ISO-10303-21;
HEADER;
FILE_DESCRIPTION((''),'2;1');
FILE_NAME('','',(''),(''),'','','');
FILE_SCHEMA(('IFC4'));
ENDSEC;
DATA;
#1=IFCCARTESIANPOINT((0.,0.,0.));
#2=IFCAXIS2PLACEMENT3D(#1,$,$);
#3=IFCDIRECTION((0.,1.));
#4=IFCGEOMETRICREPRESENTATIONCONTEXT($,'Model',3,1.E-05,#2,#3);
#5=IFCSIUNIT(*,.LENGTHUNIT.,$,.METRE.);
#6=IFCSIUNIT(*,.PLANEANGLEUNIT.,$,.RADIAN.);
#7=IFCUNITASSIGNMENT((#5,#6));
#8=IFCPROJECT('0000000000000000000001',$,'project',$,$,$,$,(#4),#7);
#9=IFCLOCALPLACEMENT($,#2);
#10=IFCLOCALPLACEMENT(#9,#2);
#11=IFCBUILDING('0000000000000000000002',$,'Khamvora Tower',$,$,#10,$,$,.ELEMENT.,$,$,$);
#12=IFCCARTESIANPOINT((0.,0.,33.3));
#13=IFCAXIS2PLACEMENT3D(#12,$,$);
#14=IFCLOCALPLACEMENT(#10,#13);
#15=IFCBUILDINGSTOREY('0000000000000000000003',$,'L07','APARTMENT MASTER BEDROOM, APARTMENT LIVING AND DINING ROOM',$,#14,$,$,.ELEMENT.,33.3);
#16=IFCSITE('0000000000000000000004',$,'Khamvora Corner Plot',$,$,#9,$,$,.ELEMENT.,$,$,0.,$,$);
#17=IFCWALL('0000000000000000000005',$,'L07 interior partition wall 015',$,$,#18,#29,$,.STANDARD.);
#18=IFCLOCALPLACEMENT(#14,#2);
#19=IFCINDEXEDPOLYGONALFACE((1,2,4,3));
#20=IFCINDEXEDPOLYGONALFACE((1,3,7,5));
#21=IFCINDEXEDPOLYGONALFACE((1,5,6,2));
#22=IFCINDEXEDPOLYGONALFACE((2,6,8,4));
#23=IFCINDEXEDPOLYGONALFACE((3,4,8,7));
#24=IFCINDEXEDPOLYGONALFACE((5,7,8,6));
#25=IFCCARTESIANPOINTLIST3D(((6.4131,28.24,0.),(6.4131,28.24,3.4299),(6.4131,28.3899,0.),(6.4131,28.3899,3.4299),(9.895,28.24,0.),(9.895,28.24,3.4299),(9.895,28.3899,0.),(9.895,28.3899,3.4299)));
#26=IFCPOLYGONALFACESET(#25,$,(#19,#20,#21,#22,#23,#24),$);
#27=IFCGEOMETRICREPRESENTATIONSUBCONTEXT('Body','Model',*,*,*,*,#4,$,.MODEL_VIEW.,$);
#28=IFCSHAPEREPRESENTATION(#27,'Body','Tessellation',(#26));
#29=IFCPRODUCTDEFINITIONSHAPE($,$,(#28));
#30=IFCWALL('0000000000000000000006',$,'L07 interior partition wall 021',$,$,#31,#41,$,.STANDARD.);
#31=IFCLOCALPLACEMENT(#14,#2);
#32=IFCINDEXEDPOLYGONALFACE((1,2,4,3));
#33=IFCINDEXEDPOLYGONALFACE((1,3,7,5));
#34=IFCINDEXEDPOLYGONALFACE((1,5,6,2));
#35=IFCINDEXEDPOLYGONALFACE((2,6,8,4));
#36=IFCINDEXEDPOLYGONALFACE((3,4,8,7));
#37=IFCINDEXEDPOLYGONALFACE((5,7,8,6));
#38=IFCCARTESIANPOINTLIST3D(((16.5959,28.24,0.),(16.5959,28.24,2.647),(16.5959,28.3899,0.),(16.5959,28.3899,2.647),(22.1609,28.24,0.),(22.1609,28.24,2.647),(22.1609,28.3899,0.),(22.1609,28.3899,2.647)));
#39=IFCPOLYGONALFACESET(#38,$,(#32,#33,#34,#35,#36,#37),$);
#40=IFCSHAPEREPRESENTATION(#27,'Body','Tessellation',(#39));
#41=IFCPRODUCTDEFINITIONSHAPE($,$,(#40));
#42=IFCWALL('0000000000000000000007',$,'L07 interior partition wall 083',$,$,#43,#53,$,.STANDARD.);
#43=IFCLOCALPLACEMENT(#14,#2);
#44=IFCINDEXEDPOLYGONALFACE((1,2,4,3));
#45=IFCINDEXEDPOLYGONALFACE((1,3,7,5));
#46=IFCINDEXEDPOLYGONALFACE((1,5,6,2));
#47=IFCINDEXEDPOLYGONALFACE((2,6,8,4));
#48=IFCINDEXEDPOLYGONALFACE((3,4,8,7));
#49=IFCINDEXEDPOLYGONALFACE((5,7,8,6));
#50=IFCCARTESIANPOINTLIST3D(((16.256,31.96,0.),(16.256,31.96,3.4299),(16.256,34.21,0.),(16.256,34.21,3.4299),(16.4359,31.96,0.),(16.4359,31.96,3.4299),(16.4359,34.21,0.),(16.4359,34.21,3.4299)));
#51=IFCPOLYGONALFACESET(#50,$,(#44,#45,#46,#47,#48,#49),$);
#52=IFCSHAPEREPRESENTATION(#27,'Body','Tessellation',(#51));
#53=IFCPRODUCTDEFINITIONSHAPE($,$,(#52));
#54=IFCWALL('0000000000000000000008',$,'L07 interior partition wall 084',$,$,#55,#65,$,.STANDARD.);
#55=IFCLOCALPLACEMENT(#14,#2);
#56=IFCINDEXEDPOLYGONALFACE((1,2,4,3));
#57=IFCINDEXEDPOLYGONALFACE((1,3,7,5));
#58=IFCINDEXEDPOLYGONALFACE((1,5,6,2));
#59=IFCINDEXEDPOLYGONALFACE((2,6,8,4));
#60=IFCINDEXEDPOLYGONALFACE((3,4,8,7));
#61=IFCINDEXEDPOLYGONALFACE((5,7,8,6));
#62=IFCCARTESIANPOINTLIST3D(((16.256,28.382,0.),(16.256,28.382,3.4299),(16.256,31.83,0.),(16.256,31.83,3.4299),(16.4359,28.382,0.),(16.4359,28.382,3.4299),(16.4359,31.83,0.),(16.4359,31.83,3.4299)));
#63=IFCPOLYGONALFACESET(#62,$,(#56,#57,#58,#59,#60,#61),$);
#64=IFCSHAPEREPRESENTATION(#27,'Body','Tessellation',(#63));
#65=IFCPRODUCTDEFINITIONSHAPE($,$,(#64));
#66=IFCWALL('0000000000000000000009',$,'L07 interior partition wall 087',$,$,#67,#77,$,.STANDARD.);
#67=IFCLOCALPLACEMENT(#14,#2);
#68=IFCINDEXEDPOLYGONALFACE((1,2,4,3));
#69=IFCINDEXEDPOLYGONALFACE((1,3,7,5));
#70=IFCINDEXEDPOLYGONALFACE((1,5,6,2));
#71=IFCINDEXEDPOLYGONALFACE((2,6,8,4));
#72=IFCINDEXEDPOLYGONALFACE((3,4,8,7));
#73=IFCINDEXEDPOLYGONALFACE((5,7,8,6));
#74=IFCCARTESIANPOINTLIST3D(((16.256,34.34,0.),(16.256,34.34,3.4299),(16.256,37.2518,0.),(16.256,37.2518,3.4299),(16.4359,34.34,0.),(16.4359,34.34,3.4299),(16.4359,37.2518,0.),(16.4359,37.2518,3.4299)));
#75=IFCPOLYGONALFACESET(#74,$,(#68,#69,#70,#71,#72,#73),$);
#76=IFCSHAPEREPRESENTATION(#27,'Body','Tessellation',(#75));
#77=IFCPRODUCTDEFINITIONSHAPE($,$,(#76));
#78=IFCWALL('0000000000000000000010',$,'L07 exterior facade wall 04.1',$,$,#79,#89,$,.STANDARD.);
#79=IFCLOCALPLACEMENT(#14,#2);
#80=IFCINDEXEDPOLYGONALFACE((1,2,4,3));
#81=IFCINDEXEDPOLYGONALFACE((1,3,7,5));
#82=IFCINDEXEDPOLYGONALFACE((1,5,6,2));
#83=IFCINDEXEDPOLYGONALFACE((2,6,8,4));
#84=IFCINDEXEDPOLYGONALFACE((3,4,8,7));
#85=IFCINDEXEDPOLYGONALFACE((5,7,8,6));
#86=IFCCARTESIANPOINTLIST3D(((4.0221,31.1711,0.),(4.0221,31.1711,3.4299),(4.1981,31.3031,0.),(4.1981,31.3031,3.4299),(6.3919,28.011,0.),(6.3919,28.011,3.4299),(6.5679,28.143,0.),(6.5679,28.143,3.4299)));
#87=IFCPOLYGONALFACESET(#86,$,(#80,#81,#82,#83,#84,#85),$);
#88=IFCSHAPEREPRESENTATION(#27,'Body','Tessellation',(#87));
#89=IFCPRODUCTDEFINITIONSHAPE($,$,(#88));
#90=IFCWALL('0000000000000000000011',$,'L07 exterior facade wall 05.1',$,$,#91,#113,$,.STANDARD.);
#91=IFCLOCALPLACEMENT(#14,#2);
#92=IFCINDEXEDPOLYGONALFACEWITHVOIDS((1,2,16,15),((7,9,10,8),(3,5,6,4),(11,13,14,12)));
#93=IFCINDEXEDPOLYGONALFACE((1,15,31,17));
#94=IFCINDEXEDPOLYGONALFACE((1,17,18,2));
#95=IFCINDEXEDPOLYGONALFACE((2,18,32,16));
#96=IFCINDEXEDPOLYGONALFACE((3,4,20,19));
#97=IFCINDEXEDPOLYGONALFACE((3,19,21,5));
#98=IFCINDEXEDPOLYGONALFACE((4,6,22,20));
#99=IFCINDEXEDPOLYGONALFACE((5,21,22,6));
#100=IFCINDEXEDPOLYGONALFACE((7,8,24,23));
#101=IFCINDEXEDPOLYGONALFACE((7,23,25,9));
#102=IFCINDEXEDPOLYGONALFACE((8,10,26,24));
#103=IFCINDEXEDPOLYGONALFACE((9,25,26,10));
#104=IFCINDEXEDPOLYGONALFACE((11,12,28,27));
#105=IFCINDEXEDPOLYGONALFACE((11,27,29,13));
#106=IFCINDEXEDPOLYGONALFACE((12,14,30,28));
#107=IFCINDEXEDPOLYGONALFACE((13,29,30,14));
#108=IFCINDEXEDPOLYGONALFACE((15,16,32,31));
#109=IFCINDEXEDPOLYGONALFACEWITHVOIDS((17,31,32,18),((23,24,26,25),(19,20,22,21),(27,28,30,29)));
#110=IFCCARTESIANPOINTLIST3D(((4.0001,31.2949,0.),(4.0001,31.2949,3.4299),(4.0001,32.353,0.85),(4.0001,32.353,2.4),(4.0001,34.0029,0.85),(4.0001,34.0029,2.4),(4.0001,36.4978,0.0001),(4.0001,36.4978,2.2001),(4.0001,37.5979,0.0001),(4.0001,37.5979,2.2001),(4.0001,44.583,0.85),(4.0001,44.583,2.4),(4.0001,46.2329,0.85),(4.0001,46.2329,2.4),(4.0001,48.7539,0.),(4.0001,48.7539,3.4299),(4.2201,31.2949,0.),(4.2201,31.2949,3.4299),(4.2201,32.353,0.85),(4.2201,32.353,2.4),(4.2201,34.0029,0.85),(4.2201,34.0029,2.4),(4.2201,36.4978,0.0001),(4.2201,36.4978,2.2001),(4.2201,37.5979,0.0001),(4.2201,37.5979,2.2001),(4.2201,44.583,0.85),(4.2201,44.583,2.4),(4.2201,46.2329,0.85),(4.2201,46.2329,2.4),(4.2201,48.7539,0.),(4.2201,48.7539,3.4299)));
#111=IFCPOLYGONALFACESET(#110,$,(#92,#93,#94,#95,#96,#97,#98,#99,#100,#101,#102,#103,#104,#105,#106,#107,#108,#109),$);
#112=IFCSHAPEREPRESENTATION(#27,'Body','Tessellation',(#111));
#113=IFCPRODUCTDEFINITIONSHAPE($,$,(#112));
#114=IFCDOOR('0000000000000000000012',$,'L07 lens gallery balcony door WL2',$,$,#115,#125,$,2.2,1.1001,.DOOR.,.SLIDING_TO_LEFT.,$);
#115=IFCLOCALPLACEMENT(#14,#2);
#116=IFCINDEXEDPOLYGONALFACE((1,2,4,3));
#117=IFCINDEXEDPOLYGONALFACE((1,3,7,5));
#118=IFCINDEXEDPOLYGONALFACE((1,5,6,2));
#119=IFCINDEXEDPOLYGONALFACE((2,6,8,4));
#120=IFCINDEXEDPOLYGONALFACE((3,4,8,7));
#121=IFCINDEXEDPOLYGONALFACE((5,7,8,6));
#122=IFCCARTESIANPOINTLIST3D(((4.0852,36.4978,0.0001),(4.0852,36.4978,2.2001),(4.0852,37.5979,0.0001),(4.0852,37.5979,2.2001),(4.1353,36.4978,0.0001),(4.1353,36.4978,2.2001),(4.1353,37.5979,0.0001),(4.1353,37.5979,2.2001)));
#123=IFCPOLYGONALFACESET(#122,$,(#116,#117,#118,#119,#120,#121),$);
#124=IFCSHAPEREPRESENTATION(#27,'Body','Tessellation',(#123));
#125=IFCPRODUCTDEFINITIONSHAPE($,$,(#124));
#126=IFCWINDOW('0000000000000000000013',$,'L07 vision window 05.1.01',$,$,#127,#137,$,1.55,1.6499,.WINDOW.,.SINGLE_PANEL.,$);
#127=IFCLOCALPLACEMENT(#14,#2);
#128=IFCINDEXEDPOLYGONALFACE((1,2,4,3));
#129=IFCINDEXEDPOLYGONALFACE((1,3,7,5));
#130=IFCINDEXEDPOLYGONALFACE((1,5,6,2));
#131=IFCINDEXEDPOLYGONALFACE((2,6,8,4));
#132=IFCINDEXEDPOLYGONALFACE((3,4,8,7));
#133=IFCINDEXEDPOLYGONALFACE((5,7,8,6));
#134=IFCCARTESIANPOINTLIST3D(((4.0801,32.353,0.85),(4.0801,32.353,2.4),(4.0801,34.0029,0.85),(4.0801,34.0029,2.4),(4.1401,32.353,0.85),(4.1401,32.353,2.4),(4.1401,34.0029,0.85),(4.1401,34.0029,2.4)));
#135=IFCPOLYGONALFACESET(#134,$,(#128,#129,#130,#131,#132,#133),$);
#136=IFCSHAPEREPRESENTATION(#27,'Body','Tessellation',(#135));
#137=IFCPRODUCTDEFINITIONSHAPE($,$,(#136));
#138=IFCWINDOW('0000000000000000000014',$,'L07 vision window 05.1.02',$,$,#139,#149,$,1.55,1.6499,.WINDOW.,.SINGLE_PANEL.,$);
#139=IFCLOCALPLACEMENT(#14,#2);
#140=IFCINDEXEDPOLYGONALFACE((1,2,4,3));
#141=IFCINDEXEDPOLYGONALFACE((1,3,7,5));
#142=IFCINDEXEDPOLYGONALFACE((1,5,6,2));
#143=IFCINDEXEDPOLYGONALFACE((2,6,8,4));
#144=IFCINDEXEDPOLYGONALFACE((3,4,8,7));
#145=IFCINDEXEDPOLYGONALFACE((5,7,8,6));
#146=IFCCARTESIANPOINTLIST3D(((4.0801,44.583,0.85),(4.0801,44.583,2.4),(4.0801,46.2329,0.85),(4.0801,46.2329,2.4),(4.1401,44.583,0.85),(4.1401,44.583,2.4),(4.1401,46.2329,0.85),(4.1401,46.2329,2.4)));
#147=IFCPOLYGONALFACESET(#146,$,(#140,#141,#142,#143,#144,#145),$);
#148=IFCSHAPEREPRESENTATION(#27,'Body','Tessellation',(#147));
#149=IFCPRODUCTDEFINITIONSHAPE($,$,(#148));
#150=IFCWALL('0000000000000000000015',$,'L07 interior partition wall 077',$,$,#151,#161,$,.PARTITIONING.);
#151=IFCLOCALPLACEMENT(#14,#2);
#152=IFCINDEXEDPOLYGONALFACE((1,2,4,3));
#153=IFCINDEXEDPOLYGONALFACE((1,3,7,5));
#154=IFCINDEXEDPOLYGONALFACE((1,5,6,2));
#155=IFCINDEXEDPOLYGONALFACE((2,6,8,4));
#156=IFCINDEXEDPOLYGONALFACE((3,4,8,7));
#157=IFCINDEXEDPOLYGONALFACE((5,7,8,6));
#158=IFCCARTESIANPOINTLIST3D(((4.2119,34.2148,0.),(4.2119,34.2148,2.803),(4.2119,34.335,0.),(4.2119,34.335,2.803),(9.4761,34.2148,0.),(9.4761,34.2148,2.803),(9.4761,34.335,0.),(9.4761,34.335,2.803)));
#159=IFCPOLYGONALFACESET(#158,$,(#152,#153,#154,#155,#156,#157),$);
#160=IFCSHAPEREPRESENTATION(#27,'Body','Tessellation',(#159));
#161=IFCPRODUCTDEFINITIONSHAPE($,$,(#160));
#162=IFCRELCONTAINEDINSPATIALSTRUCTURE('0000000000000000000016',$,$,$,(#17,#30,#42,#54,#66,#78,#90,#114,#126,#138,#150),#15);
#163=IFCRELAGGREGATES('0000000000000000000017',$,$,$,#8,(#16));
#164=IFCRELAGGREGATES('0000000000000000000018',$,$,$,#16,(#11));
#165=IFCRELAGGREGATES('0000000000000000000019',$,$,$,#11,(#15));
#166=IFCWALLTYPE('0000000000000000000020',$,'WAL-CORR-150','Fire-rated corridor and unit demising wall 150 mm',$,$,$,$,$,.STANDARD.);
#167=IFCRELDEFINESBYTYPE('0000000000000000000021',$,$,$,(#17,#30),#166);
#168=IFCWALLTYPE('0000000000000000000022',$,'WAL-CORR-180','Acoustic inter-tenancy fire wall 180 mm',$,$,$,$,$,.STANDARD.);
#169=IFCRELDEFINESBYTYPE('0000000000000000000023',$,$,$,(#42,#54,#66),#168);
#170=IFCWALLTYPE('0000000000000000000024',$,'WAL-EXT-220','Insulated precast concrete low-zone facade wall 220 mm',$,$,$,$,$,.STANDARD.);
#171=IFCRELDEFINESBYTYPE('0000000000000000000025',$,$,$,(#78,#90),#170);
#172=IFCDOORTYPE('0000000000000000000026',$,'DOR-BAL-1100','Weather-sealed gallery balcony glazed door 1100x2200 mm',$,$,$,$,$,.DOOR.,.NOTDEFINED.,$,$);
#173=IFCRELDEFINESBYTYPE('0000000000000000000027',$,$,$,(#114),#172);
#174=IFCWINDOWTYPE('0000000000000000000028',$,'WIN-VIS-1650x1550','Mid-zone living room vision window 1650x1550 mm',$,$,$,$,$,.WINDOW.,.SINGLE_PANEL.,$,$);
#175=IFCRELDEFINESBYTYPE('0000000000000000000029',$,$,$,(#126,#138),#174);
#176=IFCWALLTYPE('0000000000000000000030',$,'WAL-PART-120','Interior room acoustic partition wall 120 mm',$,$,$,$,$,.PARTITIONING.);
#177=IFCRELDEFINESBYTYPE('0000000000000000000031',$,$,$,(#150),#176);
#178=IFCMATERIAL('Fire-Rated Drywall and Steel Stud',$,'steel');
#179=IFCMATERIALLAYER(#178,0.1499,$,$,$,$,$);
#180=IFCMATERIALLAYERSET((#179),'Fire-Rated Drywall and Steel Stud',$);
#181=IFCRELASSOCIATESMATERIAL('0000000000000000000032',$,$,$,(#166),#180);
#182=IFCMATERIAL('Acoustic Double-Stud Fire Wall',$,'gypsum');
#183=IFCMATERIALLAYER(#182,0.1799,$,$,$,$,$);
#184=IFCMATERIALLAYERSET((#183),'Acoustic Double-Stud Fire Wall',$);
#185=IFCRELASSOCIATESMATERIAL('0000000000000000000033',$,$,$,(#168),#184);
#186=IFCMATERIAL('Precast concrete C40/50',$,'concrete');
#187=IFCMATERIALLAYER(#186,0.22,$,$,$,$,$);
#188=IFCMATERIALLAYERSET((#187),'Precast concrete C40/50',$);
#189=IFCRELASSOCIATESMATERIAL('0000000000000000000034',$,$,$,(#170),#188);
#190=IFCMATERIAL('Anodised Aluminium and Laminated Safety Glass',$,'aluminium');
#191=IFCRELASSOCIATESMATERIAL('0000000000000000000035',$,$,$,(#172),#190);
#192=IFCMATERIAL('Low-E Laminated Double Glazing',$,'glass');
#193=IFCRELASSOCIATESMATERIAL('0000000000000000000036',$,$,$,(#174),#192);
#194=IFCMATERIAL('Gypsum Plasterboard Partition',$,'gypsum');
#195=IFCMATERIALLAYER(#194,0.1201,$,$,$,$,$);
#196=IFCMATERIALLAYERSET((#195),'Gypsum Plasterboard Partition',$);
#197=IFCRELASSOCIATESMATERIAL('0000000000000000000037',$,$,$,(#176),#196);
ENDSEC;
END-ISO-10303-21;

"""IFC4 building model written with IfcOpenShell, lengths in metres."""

from ifc_helpers import new_model, si_unit, direction, frame, frame_2d, origin, place, context, subcontext, project, spatial, rectangle, extrude, material, layer, layer_set, type_object, element, fill, save


model = new_model("IFC4")

# Units and contexts
model_context = context("Model", 3, precision=1e-05, world=origin(), true_north=direction((0.0, 1.0)))
body_context = subcontext(model_context, "Body", "Model", "MODEL_VIEW")
ifc_project = project(units=[si_unit("LENGTHUNIT", "METRE"), si_unit("PLANEANGLEUNIT", "RADIAN")], contexts=[model_context])

# Site, building, storey
site_placement = place(None, origin())
site = spatial("IfcSite", under=ifc_project, at=site_placement, Name="Khamvora Corner Plot", CompositionType="ELEMENT", RefElevation=0.0)
building_placement = place(site_placement, origin())
building = spatial("IfcBuilding", under=site, at=building_placement, Name="Khamvora Tower", CompositionType="ELEMENT")
storey_placement = place(building_placement, frame((0.0, 0.0, 33.3)))
storey = spatial("IfcBuildingStorey", under=building, at=storey_placement, Name="L07", Description="APARTMENT MASTER BEDROOM, APARTMENT LIVING AND DINING ROOM", CompositionType="ELEMENT", Elevation=33.3)

# Shared definitions
ifc_material_1 = material(Name="Fire-Rated Drywall and Steel Stud", Category="steel")
ifc_layer_1 = layer(ifc_material_1, 0.1499)
ifc_layer_set_1 = layer_set([ifc_layer_1], Name="Fire-Rated Drywall and Steel Stud")
wall_type_1 = type_object("IfcWallType", Name="WAL-CORR-150", Description="Fire-rated corridor and unit demising wall 150 mm", PredefinedType="STANDARD", material=ifc_layer_set_1)

# Walls
wall_1_placement = place(storey_placement, frame((6.4131, 28.3149, 0.0), z_axis=(0.0, 0.0, 1.0), x_axis=(1.0, 0.0, 0.0)))
element("IfcWall", 1, at=wall_1_placement, inside=storey, type_object=wall_type_1, Name="L07 interior partition wall 015", PredefinedType="STANDARD", context=body_context, shape_type="SweptSolid", body=[
    extrude(rectangle(XDim=3.4819, YDim=0.1499, at=frame_2d((1.741, 0.0))), origin(), (0.0, 0.0, 1.0), 3.4299),
])
wall_2_placement = place(storey_placement, frame((16.5959, 28.3149, 0.0), z_axis=(0.0, 0.0, 1.0), x_axis=(1.0, 0.0, 0.0)))
element("IfcWall", 2, at=wall_2_placement, inside=storey, type_object=wall_type_1, Name="L07 interior partition wall 021", PredefinedType="STANDARD", context=body_context, shape_type="SweptSolid", body=[
    extrude(rectangle(XDim=5.5649, YDim=0.1499, at=frame_2d((2.7825, 0.0))), origin(), (0.0, 0.0, 1.0), 2.647),
])
ifc_material_2 = material(Name="Acoustic Double-Stud Fire Wall", Category="gypsum")
ifc_layer_2 = layer(ifc_material_2, 0.1799)
ifc_layer_set_2 = layer_set([ifc_layer_2], Name="Acoustic Double-Stud Fire Wall")
wall_type_2 = type_object("IfcWallType", Name="WAL-CORR-180", Description="Acoustic inter-tenancy fire wall 180 mm", PredefinedType="STANDARD", material=ifc_layer_set_2)
wall_3_placement = place(storey_placement, frame((16.3459, 34.21, 0.0), z_axis=(0.0, 0.0, 1.0), x_axis=(0.0, -1.0, 0.0)))
element("IfcWall", 3, at=wall_3_placement, inside=storey, type_object=wall_type_2, Name="L07 interior partition wall 083", PredefinedType="STANDARD", context=body_context, shape_type="SweptSolid", body=[
    extrude(rectangle(XDim=2.25, YDim=0.1799, at=frame_2d((1.125, 0.0))), origin(), (0.0, 0.0, 1.0), 3.4299),
])
wall_4_placement = place(storey_placement, frame((16.3459, 31.8301, 0.0), z_axis=(0.0, 0.0, 1.0), x_axis=(0.0, -1.0, 0.0)))
element("IfcWall", 4, at=wall_4_placement, inside=storey, type_object=wall_type_2, Name="L07 interior partition wall 084", PredefinedType="STANDARD", context=body_context, shape_type="SweptSolid", body=[
    extrude(rectangle(XDim=3.448, YDim=0.1799, at=frame_2d((1.7241, 0.0))), origin(), (0.0, 0.0, 1.0), 3.4299),
])
wall_5_placement = place(storey_placement, frame((16.3459, 37.252, 0.0), z_axis=(0.0, 0.0, 1.0), x_axis=(0.0, -1.0, 0.0)))
element("IfcWall", 5, at=wall_5_placement, inside=storey, type_object=wall_type_2, Name="L07 interior partition wall 087", PredefinedType="STANDARD", context=body_context, shape_type="SweptSolid", body=[
    extrude(rectangle(XDim=2.9119, YDim=0.1799, at=frame_2d((1.4561, 0.0))), origin(), (0.0, 0.0, 1.0), 3.4299),
])
ifc_material_3 = material(Name="Precast concrete C40/50", Category="concrete")
ifc_layer_3 = layer(ifc_material_3, 0.22)
ifc_layer_set_3 = layer_set([ifc_layer_3], Name="Precast concrete C40/50")
wall_type_3 = type_object("IfcWallType", Name="WAL-EXT-220", Description="Insulated precast concrete low-zone facade wall 220 mm", PredefinedType="STANDARD", material=ifc_layer_set_3)
wall_6_placement = place(storey_placement, frame((6.48, 28.0769, 0.0), z_axis=(0.0, 0.0, 1.0), x_axis=(-0.59996, 0.80003, 0.0)))
element("IfcWall", 6, at=wall_6_placement, inside=storey, type_object=wall_type_3, Name="L07 exterior facade wall 04.1", PredefinedType="STANDARD", context=body_context, shape_type="SweptSolid", body=[
    extrude(rectangle(XDim=3.95, YDim=0.22, at=frame_2d((1.9751, 0.0))), origin(), (0.0, 0.0, 1.0), 3.4299),
])

# Wall, openings, door, windows
wall_7_placement = place(storey_placement, frame((4.1101, 31.2949, 0.0), z_axis=(0.0, 0.0, 1.0), x_axis=(0.0, 1.0, 0.0)))
wall_7 = element("IfcWall", 7, at=wall_7_placement, inside=storey, type_object=wall_type_3, Name="L07 exterior facade wall 05.1", PredefinedType="STANDARD", context=body_context, shape_type="SweptSolid", body=[
    extrude(rectangle(XDim=17.459, YDim=0.22, at=frame_2d((8.7295, 0.0))), origin(), (0.0, 0.0, 1.0), 3.4299),
])
opening_1_placement = place(wall_7_placement, frame((5.2029, 0.0, 0.0)))
opening_1 = element("IfcOpeningElement", 8, at=opening_1_placement, cuts=wall_7, PredefinedType="OPENING", context=body_context, shape_type="SweptSolid", body=[
    extrude(rectangle(XDim=1.1001, YDim=2.2, at=frame_2d((0.55, 1.1001))), frame((0.0, 0.1199, 0.0), z_axis=(0.0, -1.0, 0.0), x_axis=(1.0, 0.0, 0.0)), (0.0, 0.0, 1.0), 0.24),
])
opening_2_placement = place(wall_7_placement, frame((1.0581, 0.0, 0.8501)))
opening_2 = element("IfcOpeningElement", 9, at=opening_2_placement, cuts=wall_7, PredefinedType="OPENING", context=body_context, shape_type="SweptSolid", body=[
    extrude(rectangle(XDim=1.6499, YDim=1.55, at=frame_2d((0.825, 0.7749))), frame((0.0, 0.1199, 0.0), z_axis=(0.0, -1.0, 0.0), x_axis=(1.0, 0.0, 0.0)), (0.0, 0.0, 1.0), 0.24),
])
opening_3_placement = place(wall_7_placement, frame((13.2881, 0.0, 0.8501)))
opening_3 = element("IfcOpeningElement", 10, at=opening_3_placement, cuts=wall_7, PredefinedType="OPENING", context=body_context, shape_type="SweptSolid", body=[
    extrude(rectangle(XDim=1.6499, YDim=1.55, at=frame_2d((0.825, 0.7749))), frame((0.0, 0.1199, 0.0), z_axis=(0.0, -1.0, 0.0), x_axis=(1.0, 0.0, 0.0)), (0.0, 0.0, 1.0), 0.24),
])
ifc_material_4 = material(Name="Anodised Aluminium and Laminated Safety Glass", Category="aluminium")
door_type_1 = type_object("IfcDoorType", Name="DOR-BAL-1100", Description="Weather-sealed gallery balcony glazed door 1100x2200 mm", OperationType="NOTDEFINED", PredefinedType="DOOR", material=ifc_material_4)
door_1_placement = place(opening_1_placement, origin())
door_1 = element("IfcDoor", 11, at=door_1_placement, inside=storey, type_object=door_type_1, Name="L07 lens gallery balcony door WL2", OperationType="SLIDING_TO_LEFT", OverallHeight=2.2, OverallWidth=1.1001, PredefinedType="DOOR", context=body_context, shape_type="SweptSolid", body=[
    extrude(rectangle(XDim=1.1001, YDim=2.2, at=frame_2d((0.55, 1.1001))), frame((0.0, 0.0249, 0.0), z_axis=(0.0, -1.0, 0.0), x_axis=(1.0, 0.0, 0.0)), (0.0, 0.0, 1.0), 0.05),
])
fill(opening_1, door_1)
ifc_material_5 = material(Name="Low-E Laminated Double Glazing", Category="glass")
window_type = type_object("IfcWindowType", Name="WIN-VIS-1650x1550", Description="Mid-zone living room vision window 1650x1550 mm", PartitioningType="SINGLE_PANEL", PredefinedType="WINDOW", material=ifc_material_5)
window_1_placement = place(opening_2_placement, origin())
window_1 = element("IfcWindow", 12, at=window_1_placement, inside=storey, type_object=window_type, Name="L07 vision window 05.1.01", OverallHeight=1.55, OverallWidth=1.6499, PartitioningType="SINGLE_PANEL", PredefinedType="WINDOW", context=body_context, shape_type="SweptSolid", body=[
    extrude(rectangle(XDim=1.6499, YDim=1.55, at=frame_2d((0.825, 0.7749))), frame((0.0, 0.03, 0.0), z_axis=(0.0, -1.0, 0.0), x_axis=(1.0, 0.0, 0.0)), (0.0, 0.0, 1.0), 0.0601),
])
fill(opening_2, window_1)
window_2_placement = place(opening_3_placement, origin())
window_2 = element("IfcWindow", 13, at=window_2_placement, inside=storey, type_object=window_type, Name="L07 vision window 05.1.02", OverallHeight=1.55, OverallWidth=1.6499, PartitioningType="SINGLE_PANEL", PredefinedType="WINDOW", context=body_context, shape_type="SweptSolid", body=[
    extrude(rectangle(XDim=1.6499, YDim=1.55, at=frame_2d((0.825, 0.7749))), frame((0.0, 0.03, 0.0), z_axis=(0.0, -1.0, 0.0), x_axis=(1.0, 0.0, 0.0)), (0.0, 0.0, 1.0), 0.0601),
])
fill(opening_3, window_2)

# Wall
ifc_material_6 = material(Name="Gypsum Plasterboard Partition", Category="gypsum")
ifc_layer_4 = layer(ifc_material_6, 0.1201)
ifc_layer_set_4 = layer_set([ifc_layer_4], Name="Gypsum Plasterboard Partition")
wall_type_4 = type_object("IfcWallType", Name="WAL-PART-120", Description="Interior room acoustic partition wall 120 mm", PredefinedType="PARTITIONING", material=ifc_layer_set_4)
wall_8_placement = place(storey_placement, frame((4.2119, 34.2749, 0.0), z_axis=(0.0, 0.0, 1.0), x_axis=(1.0, 0.0, 0.0)))
element("IfcWall", 14, at=wall_8_placement, inside=storey, type_object=wall_type_4, Name="L07 interior partition wall 077", PredefinedType="PARTITIONING", context=body_context, shape_type="SweptSolid", body=[
    extrude(rectangle(XDim=5.2642, YDim=0.1201, at=frame_2d((2.6321, 0.0))), origin(), (0.0, 0.0, 1.0), 2.803),
])

save(model, "model.ifc")
